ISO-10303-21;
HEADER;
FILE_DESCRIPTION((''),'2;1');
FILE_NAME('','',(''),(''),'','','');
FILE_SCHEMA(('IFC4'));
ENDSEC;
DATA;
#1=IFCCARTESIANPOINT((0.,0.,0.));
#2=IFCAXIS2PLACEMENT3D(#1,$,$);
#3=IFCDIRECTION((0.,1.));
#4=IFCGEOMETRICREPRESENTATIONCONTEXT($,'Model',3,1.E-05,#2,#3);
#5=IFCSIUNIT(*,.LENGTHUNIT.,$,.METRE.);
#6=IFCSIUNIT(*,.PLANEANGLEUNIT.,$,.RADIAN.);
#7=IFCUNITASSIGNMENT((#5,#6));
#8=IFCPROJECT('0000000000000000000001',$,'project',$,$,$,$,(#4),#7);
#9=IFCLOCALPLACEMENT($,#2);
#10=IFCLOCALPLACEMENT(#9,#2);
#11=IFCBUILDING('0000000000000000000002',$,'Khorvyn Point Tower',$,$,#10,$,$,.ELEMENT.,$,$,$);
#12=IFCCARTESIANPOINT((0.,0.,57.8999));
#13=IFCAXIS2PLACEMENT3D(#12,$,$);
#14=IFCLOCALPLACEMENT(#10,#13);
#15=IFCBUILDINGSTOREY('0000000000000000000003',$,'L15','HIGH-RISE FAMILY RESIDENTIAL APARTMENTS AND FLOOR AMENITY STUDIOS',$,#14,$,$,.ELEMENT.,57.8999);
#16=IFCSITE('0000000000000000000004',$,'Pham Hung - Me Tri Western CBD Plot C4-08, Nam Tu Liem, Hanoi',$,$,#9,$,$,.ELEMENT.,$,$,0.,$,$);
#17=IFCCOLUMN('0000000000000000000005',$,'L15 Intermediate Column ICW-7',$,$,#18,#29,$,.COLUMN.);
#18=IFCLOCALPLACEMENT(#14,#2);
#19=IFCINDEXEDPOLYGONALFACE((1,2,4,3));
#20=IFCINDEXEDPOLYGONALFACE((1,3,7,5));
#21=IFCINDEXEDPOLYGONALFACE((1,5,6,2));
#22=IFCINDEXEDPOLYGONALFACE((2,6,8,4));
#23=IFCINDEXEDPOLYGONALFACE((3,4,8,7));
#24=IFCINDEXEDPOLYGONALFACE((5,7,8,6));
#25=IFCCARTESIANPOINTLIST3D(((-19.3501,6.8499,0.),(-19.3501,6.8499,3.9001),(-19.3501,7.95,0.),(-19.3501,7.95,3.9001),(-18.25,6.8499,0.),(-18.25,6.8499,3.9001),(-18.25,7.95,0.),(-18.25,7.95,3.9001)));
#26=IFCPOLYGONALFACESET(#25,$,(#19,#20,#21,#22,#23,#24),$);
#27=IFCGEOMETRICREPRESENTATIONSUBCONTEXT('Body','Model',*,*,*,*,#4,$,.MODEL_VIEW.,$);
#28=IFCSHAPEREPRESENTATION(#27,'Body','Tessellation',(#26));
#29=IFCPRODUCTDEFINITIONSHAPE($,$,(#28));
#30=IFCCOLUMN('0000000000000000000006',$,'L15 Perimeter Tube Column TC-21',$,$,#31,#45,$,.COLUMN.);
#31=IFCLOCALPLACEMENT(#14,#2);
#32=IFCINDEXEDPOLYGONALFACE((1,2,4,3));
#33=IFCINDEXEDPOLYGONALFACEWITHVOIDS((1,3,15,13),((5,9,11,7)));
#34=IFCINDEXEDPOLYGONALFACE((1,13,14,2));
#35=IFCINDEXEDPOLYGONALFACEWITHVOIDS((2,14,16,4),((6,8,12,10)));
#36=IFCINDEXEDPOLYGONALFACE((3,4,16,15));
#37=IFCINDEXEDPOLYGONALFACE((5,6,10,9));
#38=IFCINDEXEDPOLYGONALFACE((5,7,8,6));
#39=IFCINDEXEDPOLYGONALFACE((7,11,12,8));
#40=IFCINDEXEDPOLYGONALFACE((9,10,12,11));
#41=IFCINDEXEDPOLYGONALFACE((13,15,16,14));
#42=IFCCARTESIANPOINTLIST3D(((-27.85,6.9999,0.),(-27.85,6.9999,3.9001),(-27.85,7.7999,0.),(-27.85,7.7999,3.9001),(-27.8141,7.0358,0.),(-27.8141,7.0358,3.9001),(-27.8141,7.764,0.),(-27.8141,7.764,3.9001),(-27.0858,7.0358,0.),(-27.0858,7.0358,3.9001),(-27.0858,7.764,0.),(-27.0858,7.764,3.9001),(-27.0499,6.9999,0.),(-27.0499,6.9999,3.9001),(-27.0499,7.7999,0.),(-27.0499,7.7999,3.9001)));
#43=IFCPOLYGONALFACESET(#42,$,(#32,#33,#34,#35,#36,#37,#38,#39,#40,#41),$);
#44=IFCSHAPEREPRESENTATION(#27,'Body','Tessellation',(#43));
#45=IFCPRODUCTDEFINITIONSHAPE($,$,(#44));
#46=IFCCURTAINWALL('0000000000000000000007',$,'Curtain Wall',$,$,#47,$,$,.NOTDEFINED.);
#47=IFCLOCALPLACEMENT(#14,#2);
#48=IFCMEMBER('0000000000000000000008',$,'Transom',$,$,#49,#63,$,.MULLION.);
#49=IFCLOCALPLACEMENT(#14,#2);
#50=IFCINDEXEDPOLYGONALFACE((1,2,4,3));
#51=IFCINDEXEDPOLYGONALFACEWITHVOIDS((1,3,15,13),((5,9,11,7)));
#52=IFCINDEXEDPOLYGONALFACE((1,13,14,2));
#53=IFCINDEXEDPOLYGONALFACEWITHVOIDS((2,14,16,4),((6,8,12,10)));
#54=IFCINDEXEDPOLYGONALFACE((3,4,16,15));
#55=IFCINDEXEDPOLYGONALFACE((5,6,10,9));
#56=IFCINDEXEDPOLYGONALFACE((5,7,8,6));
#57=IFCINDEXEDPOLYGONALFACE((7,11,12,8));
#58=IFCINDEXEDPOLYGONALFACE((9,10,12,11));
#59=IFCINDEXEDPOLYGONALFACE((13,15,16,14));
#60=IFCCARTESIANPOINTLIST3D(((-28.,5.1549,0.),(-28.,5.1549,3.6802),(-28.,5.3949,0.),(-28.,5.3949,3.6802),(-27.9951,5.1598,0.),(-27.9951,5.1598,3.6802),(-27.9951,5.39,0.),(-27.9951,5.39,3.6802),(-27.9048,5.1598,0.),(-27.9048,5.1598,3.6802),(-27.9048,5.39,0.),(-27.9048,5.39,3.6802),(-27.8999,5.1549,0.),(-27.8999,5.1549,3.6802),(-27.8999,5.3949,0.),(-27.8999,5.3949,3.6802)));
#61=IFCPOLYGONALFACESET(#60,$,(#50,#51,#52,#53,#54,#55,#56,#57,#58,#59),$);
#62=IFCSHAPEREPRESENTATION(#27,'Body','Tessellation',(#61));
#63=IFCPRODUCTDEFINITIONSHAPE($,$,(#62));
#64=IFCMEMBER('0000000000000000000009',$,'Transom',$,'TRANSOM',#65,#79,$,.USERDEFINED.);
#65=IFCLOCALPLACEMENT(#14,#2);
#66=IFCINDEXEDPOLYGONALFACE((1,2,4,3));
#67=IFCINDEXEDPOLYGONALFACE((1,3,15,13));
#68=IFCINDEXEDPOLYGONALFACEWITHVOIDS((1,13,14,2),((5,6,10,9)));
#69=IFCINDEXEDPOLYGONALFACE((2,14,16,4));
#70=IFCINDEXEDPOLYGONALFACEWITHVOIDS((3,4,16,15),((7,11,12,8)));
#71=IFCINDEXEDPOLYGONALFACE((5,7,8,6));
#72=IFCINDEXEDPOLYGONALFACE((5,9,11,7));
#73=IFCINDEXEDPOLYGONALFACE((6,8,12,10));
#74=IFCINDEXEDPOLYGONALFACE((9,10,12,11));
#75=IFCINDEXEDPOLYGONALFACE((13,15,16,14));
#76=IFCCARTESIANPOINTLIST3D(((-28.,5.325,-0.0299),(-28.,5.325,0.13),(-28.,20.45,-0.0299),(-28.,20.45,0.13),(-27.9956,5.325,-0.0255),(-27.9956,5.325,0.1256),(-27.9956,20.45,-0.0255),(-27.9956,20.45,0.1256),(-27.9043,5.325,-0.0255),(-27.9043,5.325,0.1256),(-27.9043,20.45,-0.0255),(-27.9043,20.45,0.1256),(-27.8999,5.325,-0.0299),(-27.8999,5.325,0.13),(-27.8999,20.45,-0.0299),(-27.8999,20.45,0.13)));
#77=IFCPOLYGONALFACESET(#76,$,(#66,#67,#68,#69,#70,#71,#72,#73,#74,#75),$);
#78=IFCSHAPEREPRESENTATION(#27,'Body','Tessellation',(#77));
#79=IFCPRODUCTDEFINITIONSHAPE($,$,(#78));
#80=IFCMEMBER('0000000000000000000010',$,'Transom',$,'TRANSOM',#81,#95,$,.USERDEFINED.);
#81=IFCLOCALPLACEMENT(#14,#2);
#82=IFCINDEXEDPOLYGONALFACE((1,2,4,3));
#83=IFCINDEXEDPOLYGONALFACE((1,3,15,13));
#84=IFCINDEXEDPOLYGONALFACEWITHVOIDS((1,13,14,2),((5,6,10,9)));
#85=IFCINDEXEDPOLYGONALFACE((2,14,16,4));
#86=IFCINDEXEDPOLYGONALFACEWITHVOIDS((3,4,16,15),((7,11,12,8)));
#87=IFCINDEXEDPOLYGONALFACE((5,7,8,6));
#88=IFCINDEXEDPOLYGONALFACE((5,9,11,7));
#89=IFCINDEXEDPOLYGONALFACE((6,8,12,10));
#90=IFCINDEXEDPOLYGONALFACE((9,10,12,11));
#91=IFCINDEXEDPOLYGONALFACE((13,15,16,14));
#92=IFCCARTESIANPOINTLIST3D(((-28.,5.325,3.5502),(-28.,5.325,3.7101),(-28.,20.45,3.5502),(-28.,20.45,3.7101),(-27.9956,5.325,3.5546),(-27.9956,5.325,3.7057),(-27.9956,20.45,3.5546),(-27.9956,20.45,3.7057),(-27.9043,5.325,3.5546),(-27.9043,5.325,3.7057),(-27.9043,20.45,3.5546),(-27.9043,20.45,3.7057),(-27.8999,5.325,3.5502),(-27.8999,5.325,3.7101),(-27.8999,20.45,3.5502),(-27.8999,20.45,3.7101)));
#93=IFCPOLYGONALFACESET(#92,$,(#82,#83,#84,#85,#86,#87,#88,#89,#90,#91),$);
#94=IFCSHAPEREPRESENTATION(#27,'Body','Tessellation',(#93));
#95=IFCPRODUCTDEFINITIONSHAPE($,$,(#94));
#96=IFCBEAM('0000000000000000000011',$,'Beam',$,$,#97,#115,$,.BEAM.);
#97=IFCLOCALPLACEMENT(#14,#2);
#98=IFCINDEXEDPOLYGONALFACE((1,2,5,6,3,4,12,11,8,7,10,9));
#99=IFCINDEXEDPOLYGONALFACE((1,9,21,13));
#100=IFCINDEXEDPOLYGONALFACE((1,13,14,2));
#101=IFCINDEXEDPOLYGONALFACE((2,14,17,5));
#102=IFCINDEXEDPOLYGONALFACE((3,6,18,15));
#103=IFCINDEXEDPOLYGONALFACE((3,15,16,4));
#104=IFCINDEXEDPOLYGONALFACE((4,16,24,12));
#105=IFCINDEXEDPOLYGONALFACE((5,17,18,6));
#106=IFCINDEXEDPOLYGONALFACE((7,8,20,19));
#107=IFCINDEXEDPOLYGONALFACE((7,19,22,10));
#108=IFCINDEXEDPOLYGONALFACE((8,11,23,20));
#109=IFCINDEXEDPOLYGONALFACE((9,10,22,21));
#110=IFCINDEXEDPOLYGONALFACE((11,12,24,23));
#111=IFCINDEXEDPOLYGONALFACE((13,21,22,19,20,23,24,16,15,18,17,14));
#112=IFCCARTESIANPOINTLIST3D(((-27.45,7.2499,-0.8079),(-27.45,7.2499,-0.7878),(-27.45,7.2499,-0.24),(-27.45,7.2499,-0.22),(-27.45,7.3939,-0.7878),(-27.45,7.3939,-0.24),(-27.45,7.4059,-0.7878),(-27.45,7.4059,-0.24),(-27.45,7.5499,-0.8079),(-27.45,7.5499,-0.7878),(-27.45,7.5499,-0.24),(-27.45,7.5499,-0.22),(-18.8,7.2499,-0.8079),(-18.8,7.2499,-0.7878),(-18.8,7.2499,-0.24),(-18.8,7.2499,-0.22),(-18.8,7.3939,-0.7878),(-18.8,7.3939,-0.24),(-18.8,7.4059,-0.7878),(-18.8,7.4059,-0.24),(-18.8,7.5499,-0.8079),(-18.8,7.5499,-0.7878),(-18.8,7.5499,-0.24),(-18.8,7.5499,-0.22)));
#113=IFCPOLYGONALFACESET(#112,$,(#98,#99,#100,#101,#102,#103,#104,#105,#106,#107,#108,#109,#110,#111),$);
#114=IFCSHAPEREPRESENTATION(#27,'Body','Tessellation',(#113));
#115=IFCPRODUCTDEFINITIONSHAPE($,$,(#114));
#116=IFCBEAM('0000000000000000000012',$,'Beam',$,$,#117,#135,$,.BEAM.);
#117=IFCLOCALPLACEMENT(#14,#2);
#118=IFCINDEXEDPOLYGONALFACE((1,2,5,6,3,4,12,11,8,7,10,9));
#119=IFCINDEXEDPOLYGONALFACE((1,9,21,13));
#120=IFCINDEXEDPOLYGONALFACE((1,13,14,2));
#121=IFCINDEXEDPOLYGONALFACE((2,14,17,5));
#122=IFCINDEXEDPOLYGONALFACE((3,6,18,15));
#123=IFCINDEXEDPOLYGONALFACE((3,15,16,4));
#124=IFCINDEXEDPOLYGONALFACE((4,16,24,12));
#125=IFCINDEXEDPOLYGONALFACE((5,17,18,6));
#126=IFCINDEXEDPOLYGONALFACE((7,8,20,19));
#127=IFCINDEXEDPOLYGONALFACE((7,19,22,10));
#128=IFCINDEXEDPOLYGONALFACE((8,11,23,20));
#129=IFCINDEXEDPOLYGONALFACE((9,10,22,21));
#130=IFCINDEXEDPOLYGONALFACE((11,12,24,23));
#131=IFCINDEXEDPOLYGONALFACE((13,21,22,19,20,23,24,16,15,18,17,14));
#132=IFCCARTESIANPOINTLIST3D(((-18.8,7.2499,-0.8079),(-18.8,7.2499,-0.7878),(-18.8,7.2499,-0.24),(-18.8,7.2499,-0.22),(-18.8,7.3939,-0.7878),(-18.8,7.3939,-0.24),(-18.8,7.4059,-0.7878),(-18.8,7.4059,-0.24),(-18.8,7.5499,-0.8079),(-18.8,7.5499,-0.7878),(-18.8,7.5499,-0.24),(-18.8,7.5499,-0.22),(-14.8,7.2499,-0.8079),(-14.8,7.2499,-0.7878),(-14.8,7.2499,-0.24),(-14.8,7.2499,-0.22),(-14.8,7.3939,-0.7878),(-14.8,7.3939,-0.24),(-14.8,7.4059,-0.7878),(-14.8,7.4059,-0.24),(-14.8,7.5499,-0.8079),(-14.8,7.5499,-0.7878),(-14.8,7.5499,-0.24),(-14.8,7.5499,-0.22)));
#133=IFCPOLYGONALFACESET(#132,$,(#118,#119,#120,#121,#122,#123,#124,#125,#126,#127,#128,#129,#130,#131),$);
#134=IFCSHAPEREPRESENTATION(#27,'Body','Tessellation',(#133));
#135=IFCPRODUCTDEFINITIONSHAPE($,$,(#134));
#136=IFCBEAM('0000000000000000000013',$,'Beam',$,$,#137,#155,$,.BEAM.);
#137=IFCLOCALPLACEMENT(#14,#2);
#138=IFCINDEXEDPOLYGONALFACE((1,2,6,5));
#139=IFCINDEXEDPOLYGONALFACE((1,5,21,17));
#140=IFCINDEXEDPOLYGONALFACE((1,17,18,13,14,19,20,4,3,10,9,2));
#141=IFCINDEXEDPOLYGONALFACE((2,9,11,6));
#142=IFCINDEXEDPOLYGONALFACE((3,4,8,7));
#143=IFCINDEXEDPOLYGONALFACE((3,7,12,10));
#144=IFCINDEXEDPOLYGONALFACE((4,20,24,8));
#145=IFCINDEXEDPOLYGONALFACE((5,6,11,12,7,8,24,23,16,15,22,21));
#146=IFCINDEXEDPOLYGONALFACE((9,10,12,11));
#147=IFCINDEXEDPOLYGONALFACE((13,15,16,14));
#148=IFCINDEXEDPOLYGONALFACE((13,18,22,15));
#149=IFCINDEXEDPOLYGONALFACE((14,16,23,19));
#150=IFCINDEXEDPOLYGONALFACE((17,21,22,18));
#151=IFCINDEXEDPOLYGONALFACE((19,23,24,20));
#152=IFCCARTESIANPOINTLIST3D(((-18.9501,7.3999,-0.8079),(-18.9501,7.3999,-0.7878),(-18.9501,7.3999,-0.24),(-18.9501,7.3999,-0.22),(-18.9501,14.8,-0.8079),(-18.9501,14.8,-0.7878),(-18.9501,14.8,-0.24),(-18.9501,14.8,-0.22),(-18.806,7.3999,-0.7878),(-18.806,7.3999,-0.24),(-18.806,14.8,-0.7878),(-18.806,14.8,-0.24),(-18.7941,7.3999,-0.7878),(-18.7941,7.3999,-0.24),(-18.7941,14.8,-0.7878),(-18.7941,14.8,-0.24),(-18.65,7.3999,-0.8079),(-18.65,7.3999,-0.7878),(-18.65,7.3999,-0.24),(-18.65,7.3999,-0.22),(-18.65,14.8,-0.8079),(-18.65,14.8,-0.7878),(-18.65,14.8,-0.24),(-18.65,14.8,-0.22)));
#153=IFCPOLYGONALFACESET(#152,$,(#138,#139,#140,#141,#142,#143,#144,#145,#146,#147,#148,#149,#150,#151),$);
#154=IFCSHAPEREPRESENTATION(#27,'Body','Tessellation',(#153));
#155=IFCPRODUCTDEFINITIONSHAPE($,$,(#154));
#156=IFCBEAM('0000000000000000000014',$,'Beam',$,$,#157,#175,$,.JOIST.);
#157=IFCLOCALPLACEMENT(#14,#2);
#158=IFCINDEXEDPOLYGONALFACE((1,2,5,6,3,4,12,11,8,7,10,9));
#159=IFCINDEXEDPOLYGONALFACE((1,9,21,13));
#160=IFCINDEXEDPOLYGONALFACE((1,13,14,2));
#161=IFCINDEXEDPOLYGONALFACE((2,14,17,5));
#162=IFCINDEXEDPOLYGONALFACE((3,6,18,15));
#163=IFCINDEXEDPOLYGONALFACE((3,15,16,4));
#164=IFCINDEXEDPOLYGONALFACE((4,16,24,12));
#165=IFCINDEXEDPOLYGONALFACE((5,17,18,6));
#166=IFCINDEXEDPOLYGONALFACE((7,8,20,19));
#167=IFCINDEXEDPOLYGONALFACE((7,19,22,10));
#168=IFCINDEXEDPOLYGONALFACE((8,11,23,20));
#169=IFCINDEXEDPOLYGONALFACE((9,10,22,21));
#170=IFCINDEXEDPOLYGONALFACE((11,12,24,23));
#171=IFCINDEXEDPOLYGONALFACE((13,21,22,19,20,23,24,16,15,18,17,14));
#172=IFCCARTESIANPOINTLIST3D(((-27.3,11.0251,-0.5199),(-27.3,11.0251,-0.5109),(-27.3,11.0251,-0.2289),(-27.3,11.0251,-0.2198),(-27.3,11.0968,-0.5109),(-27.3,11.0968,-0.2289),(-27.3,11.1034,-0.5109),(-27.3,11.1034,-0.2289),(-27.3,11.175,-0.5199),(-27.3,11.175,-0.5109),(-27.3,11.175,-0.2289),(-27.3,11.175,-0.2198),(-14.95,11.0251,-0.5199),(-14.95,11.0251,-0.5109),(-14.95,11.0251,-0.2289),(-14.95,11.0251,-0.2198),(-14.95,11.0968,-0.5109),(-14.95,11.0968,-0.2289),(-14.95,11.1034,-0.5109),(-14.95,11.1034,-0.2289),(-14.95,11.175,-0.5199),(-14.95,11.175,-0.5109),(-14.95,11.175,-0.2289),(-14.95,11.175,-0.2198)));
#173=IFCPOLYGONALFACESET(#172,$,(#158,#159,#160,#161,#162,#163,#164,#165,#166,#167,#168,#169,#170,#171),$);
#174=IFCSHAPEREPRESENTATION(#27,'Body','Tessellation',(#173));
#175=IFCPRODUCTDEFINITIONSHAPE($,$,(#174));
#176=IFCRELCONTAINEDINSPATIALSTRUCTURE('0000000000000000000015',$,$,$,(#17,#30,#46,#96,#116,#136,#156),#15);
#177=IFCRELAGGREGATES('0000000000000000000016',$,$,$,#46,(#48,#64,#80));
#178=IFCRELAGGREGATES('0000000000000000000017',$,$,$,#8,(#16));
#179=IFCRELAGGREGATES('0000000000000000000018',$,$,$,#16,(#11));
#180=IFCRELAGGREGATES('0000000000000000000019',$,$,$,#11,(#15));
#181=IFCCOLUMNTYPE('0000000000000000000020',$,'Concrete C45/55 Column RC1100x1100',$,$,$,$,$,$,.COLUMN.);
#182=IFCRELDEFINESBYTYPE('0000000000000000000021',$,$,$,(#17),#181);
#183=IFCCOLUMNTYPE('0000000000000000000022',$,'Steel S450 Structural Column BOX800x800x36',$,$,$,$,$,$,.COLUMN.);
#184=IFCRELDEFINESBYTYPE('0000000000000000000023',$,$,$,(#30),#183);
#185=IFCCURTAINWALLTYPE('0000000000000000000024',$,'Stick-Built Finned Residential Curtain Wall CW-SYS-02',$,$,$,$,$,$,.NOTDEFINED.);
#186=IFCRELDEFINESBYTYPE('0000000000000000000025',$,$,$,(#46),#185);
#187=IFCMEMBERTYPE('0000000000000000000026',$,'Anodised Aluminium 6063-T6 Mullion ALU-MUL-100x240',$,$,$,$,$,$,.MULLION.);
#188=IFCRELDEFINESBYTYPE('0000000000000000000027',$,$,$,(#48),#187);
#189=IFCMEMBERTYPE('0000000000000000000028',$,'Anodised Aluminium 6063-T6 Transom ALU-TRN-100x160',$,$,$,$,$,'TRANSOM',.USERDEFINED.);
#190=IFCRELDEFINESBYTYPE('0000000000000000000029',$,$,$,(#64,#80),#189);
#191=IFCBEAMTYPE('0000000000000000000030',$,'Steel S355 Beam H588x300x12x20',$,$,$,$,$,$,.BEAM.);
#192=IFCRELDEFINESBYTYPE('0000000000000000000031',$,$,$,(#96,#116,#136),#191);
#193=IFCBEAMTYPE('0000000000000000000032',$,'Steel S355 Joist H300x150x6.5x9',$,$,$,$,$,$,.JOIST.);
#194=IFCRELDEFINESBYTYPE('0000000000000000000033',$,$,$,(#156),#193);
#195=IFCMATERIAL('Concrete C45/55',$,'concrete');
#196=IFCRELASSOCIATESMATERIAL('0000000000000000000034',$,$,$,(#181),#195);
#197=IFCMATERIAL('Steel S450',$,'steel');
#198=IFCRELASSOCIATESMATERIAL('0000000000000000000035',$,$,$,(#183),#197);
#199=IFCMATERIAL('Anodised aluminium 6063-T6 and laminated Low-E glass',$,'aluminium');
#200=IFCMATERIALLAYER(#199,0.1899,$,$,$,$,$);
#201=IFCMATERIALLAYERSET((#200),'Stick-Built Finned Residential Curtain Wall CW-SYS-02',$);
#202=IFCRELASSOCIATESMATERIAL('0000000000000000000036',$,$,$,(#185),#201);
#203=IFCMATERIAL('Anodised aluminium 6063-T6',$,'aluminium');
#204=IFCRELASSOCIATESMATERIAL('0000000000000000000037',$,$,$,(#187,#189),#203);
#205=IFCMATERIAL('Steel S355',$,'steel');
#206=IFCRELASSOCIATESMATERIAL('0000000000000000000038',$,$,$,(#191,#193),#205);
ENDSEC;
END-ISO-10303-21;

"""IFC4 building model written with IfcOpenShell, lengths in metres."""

from ifc_helpers import new_model, si_unit, direction, frame, origin, origin_2d, place, context, subcontext, project, spatial, rectangle, hollow_rectangle, i_section, extrude, material, layer, layer_set, material_profile, profile_set, type_object, element, aggregate, save


model = new_model("IFC4")

# Units and contexts
model_context = context("Model", 3, precision=1e-05, world=origin(), true_north=direction((0.0, 1.0)))
body_context = subcontext(model_context, "Body", "Model", "MODEL_VIEW")
ifc_project = project(units=[si_unit("LENGTHUNIT", "METRE"), si_unit("PLANEANGLEUNIT", "RADIAN")], contexts=[model_context])

# Site, building, storey
site_placement = place(None, origin())
site = spatial("IfcSite", under=ifc_project, at=site_placement, Name="Pham Hung - Me Tri Western CBD Plot C4-08, Nam Tu Liem, Hanoi", CompositionType="ELEMENT", RefElevation=0.0)
building_placement = place(site_placement, origin())
building = spatial("IfcBuilding", under=site, at=building_placement, Name="Khorvyn Point Tower", CompositionType="ELEMENT")
storey_placement = place(building_placement, frame((0.0, 0.0, 57.8999)))
storey = spatial("IfcBuildingStorey", under=building, at=storey_placement, Name="L15", Description="HIGH-RISE FAMILY RESIDENTIAL APARTMENTS AND FLOOR AMENITY STUDIOS", CompositionType="ELEMENT", Elevation=57.8999)

# Columns
ifc_material_1 = material(Name="Concrete C45/55", Category="concrete")
ifc_material_profile_1 = material_profile(ifc_material_1, rectangle(XDim=1.1001, YDim=1.1001, at=origin_2d()))
ifc_profile_set_1 = profile_set([ifc_material_profile_1], Name="Concrete C45/55 RC1100x1100")
column_type_1 = type_object("IfcColumnType", Name="Concrete C45/55 Column RC1100x1100", PredefinedType="COLUMN", material=ifc_profile_set_1)
column_1_placement = place(storey_placement, frame((-18.8, 7.3999, 0.0), z_axis=(0.0, 0.0, 1.0), x_axis=(1.0, 0.0, 0.0)))
element("IfcColumn", 1, at=column_1_placement, inside=storey, type_object=column_type_1, Name="L15 Intermediate Column ICW-7", PredefinedType="COLUMN", context=body_context, shape_type="SweptSolid", body=[
    extrude(rectangle(XDim=1.1001, YDim=1.1001, at=origin_2d()), origin(), (0.0, 0.0, 1.0), 3.9001),
])
ifc_material_2 = material(Name="Steel S450", Category="steel")
ifc_material_profile_2 = material_profile(ifc_material_2, hollow_rectangle(XDim=0.8, YDim=0.8, WallThickness=0.0359, at=origin_2d()))
ifc_profile_set_2 = profile_set([ifc_material_profile_2], Name="Steel S450 BOX800x800x36")
column_type_2 = type_object("IfcColumnType", Name="Steel S450 Structural Column BOX800x800x36", PredefinedType="COLUMN", material=ifc_profile_set_2)
column_2_placement = place(storey_placement, frame((-27.45, 7.3999, 0.0), z_axis=(0.0, 0.0, 1.0), x_axis=(1.0, 0.0, 0.0)))
element("IfcColumn", 2, at=column_2_placement, inside=storey, type_object=column_type_2, Name="L15 Perimeter Tube Column TC-21", PredefinedType="COLUMN", context=body_context, shape_type="SweptSolid", body=[
    extrude(hollow_rectangle(XDim=0.8, YDim=0.8, WallThickness=0.0359, at=origin_2d()), origin(), (0.0, 0.0, 1.0), 3.9001),
])

# Curtain wall, members
ifc_material_3 = material(Name="Anodised aluminium 6063-T6 and laminated Low-E glass", Category="aluminium")
ifc_layer_1 = layer(ifc_material_3, 0.1899)
ifc_layer_set_1 = layer_set([ifc_layer_1], Name="Stick-Built Finned Residential Curtain Wall CW-SYS-02")
curtain_wall_type = type_object("IfcCurtainWallType", Name="Stick-Built Finned Residential Curtain Wall CW-SYS-02", PredefinedType="NOTDEFINED", material=ifc_layer_set_1)
curtain_wall_placement = place(storey_placement, origin())
curtain_wall = element("IfcCurtainWall", 3, at=curtain_wall_placement, inside=storey, type_object=curtain_wall_type, Name="Curtain Wall", PredefinedType="NOTDEFINED")
ifc_material_4 = material(Name="Anodised aluminium 6063-T6", Category="aluminium")
ifc_material_profile_3 = material_profile(ifc_material_4, hollow_rectangle(XDim=0.1001, YDim=0.24, WallThickness=0.0049, at=origin_2d()))
ifc_profile_set_3 = profile_set([ifc_material_profile_3], Name="Anodised aluminium 6063-T6 ALU-MUL-100x240")
member_type_1 = type_object("IfcMemberType", Name="Anodised Aluminium 6063-T6 Mullion ALU-MUL-100x240", PredefinedType="MULLION", material=ifc_profile_set_3)
member_1_placement = place(storey_placement, frame((-27.95, 5.2749, 0.0), z_axis=(0.0, 0.0, 1.0), x_axis=(-1.0, 0.0, 0.0)))
member_1 = element("IfcMember", 4, at=member_1_placement, type_object=member_type_1, Name="Transom", PredefinedType="MULLION", context=body_context, shape_type="SweptSolid", body=[
    extrude(hollow_rectangle(XDim=0.1001, YDim=0.24, WallThickness=0.0049, at=origin_2d()), origin(), (0.0, 0.0, 1.0), 3.6802),
])
ifc_material_profile_4 = material_profile(ifc_material_4, hollow_rectangle(XDim=0.1001, YDim=0.1599, WallThickness=0.0044, at=origin_2d()))
ifc_profile_set_4 = profile_set([ifc_material_profile_4], Name="Anodised aluminium 6063-T6 ALU-TRN-100x160")
member_type_2 = type_object("IfcMemberType", Name="Anodised Aluminium 6063-T6 Transom ALU-TRN-100x160", ElementType="TRANSOM", PredefinedType="USERDEFINED", material=ifc_profile_set_4)
member_2_placement = place(storey_placement, frame((-27.95, 5.325, 0.05), z_axis=(0.0, 1.0, 0.0), x_axis=(-1.0, 0.0, 0.0)))
member_2 = element("IfcMember", 5, at=member_2_placement, type_object=member_type_2, Name="Transom", ObjectType="TRANSOM", PredefinedType="USERDEFINED", context=body_context, shape_type="SweptSolid", body=[
    extrude(hollow_rectangle(XDim=0.1001, YDim=0.1599, WallThickness=0.0044, at=origin_2d()), origin(), (0.0, 0.0, 1.0), 15.125),
])
member_3_placement = place(storey_placement, frame((-27.95, 5.325, 3.6301), z_axis=(0.0, 1.0, 0.0), x_axis=(-1.0, 0.0, 0.0)))
member_3 = element("IfcMember", 6, at=member_3_placement, type_object=member_type_2, Name="Transom", ObjectType="TRANSOM", PredefinedType="USERDEFINED", context=body_context, shape_type="SweptSolid", body=[
    extrude(hollow_rectangle(XDim=0.1001, YDim=0.1599, WallThickness=0.0044, at=origin_2d()), origin(), (0.0, 0.0, 1.0), 15.125),
])

# Beams
ifc_material_5 = material(Name="Steel S355", Category="steel")
ifc_material_profile_5 = material_profile(ifc_material_5, i_section(OverallWidth=0.3, OverallDepth=0.5879, WebThickness=0.012, FlangeThickness=0.02, at=origin_2d()))
ifc_profile_set_5 = profile_set([ifc_material_profile_5], Name="Steel S355 H588x300x12x20")
beam_type_1 = type_object("IfcBeamType", Name="Steel S355 Beam H588x300x12x20", PredefinedType="BEAM", material=ifc_profile_set_5)
beam_1_placement = place(storey_placement, frame((-27.45, 7.3999, -0.5139), z_axis=(1.0, 0.0, 0.0), x_axis=(0.0, 1.0, 0.0)))
element("IfcBeam", 7, at=beam_1_placement, inside=storey, type_object=beam_type_1, Name="Beam", PredefinedType="BEAM", context=body_context, shape_type="SweptSolid", body=[
    extrude(i_section(OverallWidth=0.3, OverallDepth=0.5879, WebThickness=0.012, FlangeThickness=0.02, at=origin_2d()), origin(), (0.0, 0.0, 1.0), 8.6499),
])
beam_2_placement = place(storey_placement, frame((-18.8, 7.3999, -0.5139), z_axis=(1.0, 0.0, 0.0), x_axis=(0.0, 1.0, 0.0)))
element("IfcBeam", 8, at=beam_2_placement, inside=storey, type_object=beam_type_1, Name="Beam", PredefinedType="BEAM", context=body_context, shape_type="SweptSolid", body=[
    extrude(i_section(OverallWidth=0.3, OverallDepth=0.5879, WebThickness=0.012, FlangeThickness=0.02, at=origin_2d()), origin(), (0.0, 0.0, 1.0), 4.0),
])
beam_3_placement = place(storey_placement, frame((-18.8, 7.3999, -0.5139), z_axis=(0.0, 1.0, 0.0), x_axis=(-1.0, 0.0, 0.0)))
element("IfcBeam", 9, at=beam_3_placement, inside=storey, type_object=beam_type_1, Name="Beam", PredefinedType="BEAM", context=body_context, shape_type="SweptSolid", body=[
    extrude(i_section(OverallWidth=0.3, OverallDepth=0.5879, WebThickness=0.012, FlangeThickness=0.02, at=origin_2d()), origin(), (0.0, 0.0, 1.0), 7.4001),
])
ifc_material_profile_6 = material_profile(ifc_material_5, i_section(OverallWidth=0.1499, OverallDepth=0.3, WebThickness=0.0066, FlangeThickness=0.009, at=origin_2d()))
ifc_profile_set_6 = profile_set([ifc_material_profile_6], Name="Steel S355 H300x150x6.5x9")
beam_type_2 = type_object("IfcBeamType", Name="Steel S355 Joist H300x150x6.5x9", PredefinedType="JOIST", material=ifc_profile_set_6)
beam_4_placement = place(storey_placement, frame((-27.3, 11.1001, -0.3699), z_axis=(1.0, 0.0, 0.0), x_axis=(0.0, 1.0, 0.0)))
element("IfcBeam", 10, at=beam_4_placement, inside=storey, type_object=beam_type_2, Name="Beam", PredefinedType="JOIST", context=body_context, shape_type="SweptSolid", body=[
    extrude(i_section(OverallWidth=0.1499, OverallDepth=0.3, WebThickness=0.0066, FlangeThickness=0.009, at=origin_2d()), origin(), (0.0, 0.0, 1.0), 12.3501),
])

aggregate(curtain_wall, [member_1, member_2, member_3])

save(model, "model.ifc")
